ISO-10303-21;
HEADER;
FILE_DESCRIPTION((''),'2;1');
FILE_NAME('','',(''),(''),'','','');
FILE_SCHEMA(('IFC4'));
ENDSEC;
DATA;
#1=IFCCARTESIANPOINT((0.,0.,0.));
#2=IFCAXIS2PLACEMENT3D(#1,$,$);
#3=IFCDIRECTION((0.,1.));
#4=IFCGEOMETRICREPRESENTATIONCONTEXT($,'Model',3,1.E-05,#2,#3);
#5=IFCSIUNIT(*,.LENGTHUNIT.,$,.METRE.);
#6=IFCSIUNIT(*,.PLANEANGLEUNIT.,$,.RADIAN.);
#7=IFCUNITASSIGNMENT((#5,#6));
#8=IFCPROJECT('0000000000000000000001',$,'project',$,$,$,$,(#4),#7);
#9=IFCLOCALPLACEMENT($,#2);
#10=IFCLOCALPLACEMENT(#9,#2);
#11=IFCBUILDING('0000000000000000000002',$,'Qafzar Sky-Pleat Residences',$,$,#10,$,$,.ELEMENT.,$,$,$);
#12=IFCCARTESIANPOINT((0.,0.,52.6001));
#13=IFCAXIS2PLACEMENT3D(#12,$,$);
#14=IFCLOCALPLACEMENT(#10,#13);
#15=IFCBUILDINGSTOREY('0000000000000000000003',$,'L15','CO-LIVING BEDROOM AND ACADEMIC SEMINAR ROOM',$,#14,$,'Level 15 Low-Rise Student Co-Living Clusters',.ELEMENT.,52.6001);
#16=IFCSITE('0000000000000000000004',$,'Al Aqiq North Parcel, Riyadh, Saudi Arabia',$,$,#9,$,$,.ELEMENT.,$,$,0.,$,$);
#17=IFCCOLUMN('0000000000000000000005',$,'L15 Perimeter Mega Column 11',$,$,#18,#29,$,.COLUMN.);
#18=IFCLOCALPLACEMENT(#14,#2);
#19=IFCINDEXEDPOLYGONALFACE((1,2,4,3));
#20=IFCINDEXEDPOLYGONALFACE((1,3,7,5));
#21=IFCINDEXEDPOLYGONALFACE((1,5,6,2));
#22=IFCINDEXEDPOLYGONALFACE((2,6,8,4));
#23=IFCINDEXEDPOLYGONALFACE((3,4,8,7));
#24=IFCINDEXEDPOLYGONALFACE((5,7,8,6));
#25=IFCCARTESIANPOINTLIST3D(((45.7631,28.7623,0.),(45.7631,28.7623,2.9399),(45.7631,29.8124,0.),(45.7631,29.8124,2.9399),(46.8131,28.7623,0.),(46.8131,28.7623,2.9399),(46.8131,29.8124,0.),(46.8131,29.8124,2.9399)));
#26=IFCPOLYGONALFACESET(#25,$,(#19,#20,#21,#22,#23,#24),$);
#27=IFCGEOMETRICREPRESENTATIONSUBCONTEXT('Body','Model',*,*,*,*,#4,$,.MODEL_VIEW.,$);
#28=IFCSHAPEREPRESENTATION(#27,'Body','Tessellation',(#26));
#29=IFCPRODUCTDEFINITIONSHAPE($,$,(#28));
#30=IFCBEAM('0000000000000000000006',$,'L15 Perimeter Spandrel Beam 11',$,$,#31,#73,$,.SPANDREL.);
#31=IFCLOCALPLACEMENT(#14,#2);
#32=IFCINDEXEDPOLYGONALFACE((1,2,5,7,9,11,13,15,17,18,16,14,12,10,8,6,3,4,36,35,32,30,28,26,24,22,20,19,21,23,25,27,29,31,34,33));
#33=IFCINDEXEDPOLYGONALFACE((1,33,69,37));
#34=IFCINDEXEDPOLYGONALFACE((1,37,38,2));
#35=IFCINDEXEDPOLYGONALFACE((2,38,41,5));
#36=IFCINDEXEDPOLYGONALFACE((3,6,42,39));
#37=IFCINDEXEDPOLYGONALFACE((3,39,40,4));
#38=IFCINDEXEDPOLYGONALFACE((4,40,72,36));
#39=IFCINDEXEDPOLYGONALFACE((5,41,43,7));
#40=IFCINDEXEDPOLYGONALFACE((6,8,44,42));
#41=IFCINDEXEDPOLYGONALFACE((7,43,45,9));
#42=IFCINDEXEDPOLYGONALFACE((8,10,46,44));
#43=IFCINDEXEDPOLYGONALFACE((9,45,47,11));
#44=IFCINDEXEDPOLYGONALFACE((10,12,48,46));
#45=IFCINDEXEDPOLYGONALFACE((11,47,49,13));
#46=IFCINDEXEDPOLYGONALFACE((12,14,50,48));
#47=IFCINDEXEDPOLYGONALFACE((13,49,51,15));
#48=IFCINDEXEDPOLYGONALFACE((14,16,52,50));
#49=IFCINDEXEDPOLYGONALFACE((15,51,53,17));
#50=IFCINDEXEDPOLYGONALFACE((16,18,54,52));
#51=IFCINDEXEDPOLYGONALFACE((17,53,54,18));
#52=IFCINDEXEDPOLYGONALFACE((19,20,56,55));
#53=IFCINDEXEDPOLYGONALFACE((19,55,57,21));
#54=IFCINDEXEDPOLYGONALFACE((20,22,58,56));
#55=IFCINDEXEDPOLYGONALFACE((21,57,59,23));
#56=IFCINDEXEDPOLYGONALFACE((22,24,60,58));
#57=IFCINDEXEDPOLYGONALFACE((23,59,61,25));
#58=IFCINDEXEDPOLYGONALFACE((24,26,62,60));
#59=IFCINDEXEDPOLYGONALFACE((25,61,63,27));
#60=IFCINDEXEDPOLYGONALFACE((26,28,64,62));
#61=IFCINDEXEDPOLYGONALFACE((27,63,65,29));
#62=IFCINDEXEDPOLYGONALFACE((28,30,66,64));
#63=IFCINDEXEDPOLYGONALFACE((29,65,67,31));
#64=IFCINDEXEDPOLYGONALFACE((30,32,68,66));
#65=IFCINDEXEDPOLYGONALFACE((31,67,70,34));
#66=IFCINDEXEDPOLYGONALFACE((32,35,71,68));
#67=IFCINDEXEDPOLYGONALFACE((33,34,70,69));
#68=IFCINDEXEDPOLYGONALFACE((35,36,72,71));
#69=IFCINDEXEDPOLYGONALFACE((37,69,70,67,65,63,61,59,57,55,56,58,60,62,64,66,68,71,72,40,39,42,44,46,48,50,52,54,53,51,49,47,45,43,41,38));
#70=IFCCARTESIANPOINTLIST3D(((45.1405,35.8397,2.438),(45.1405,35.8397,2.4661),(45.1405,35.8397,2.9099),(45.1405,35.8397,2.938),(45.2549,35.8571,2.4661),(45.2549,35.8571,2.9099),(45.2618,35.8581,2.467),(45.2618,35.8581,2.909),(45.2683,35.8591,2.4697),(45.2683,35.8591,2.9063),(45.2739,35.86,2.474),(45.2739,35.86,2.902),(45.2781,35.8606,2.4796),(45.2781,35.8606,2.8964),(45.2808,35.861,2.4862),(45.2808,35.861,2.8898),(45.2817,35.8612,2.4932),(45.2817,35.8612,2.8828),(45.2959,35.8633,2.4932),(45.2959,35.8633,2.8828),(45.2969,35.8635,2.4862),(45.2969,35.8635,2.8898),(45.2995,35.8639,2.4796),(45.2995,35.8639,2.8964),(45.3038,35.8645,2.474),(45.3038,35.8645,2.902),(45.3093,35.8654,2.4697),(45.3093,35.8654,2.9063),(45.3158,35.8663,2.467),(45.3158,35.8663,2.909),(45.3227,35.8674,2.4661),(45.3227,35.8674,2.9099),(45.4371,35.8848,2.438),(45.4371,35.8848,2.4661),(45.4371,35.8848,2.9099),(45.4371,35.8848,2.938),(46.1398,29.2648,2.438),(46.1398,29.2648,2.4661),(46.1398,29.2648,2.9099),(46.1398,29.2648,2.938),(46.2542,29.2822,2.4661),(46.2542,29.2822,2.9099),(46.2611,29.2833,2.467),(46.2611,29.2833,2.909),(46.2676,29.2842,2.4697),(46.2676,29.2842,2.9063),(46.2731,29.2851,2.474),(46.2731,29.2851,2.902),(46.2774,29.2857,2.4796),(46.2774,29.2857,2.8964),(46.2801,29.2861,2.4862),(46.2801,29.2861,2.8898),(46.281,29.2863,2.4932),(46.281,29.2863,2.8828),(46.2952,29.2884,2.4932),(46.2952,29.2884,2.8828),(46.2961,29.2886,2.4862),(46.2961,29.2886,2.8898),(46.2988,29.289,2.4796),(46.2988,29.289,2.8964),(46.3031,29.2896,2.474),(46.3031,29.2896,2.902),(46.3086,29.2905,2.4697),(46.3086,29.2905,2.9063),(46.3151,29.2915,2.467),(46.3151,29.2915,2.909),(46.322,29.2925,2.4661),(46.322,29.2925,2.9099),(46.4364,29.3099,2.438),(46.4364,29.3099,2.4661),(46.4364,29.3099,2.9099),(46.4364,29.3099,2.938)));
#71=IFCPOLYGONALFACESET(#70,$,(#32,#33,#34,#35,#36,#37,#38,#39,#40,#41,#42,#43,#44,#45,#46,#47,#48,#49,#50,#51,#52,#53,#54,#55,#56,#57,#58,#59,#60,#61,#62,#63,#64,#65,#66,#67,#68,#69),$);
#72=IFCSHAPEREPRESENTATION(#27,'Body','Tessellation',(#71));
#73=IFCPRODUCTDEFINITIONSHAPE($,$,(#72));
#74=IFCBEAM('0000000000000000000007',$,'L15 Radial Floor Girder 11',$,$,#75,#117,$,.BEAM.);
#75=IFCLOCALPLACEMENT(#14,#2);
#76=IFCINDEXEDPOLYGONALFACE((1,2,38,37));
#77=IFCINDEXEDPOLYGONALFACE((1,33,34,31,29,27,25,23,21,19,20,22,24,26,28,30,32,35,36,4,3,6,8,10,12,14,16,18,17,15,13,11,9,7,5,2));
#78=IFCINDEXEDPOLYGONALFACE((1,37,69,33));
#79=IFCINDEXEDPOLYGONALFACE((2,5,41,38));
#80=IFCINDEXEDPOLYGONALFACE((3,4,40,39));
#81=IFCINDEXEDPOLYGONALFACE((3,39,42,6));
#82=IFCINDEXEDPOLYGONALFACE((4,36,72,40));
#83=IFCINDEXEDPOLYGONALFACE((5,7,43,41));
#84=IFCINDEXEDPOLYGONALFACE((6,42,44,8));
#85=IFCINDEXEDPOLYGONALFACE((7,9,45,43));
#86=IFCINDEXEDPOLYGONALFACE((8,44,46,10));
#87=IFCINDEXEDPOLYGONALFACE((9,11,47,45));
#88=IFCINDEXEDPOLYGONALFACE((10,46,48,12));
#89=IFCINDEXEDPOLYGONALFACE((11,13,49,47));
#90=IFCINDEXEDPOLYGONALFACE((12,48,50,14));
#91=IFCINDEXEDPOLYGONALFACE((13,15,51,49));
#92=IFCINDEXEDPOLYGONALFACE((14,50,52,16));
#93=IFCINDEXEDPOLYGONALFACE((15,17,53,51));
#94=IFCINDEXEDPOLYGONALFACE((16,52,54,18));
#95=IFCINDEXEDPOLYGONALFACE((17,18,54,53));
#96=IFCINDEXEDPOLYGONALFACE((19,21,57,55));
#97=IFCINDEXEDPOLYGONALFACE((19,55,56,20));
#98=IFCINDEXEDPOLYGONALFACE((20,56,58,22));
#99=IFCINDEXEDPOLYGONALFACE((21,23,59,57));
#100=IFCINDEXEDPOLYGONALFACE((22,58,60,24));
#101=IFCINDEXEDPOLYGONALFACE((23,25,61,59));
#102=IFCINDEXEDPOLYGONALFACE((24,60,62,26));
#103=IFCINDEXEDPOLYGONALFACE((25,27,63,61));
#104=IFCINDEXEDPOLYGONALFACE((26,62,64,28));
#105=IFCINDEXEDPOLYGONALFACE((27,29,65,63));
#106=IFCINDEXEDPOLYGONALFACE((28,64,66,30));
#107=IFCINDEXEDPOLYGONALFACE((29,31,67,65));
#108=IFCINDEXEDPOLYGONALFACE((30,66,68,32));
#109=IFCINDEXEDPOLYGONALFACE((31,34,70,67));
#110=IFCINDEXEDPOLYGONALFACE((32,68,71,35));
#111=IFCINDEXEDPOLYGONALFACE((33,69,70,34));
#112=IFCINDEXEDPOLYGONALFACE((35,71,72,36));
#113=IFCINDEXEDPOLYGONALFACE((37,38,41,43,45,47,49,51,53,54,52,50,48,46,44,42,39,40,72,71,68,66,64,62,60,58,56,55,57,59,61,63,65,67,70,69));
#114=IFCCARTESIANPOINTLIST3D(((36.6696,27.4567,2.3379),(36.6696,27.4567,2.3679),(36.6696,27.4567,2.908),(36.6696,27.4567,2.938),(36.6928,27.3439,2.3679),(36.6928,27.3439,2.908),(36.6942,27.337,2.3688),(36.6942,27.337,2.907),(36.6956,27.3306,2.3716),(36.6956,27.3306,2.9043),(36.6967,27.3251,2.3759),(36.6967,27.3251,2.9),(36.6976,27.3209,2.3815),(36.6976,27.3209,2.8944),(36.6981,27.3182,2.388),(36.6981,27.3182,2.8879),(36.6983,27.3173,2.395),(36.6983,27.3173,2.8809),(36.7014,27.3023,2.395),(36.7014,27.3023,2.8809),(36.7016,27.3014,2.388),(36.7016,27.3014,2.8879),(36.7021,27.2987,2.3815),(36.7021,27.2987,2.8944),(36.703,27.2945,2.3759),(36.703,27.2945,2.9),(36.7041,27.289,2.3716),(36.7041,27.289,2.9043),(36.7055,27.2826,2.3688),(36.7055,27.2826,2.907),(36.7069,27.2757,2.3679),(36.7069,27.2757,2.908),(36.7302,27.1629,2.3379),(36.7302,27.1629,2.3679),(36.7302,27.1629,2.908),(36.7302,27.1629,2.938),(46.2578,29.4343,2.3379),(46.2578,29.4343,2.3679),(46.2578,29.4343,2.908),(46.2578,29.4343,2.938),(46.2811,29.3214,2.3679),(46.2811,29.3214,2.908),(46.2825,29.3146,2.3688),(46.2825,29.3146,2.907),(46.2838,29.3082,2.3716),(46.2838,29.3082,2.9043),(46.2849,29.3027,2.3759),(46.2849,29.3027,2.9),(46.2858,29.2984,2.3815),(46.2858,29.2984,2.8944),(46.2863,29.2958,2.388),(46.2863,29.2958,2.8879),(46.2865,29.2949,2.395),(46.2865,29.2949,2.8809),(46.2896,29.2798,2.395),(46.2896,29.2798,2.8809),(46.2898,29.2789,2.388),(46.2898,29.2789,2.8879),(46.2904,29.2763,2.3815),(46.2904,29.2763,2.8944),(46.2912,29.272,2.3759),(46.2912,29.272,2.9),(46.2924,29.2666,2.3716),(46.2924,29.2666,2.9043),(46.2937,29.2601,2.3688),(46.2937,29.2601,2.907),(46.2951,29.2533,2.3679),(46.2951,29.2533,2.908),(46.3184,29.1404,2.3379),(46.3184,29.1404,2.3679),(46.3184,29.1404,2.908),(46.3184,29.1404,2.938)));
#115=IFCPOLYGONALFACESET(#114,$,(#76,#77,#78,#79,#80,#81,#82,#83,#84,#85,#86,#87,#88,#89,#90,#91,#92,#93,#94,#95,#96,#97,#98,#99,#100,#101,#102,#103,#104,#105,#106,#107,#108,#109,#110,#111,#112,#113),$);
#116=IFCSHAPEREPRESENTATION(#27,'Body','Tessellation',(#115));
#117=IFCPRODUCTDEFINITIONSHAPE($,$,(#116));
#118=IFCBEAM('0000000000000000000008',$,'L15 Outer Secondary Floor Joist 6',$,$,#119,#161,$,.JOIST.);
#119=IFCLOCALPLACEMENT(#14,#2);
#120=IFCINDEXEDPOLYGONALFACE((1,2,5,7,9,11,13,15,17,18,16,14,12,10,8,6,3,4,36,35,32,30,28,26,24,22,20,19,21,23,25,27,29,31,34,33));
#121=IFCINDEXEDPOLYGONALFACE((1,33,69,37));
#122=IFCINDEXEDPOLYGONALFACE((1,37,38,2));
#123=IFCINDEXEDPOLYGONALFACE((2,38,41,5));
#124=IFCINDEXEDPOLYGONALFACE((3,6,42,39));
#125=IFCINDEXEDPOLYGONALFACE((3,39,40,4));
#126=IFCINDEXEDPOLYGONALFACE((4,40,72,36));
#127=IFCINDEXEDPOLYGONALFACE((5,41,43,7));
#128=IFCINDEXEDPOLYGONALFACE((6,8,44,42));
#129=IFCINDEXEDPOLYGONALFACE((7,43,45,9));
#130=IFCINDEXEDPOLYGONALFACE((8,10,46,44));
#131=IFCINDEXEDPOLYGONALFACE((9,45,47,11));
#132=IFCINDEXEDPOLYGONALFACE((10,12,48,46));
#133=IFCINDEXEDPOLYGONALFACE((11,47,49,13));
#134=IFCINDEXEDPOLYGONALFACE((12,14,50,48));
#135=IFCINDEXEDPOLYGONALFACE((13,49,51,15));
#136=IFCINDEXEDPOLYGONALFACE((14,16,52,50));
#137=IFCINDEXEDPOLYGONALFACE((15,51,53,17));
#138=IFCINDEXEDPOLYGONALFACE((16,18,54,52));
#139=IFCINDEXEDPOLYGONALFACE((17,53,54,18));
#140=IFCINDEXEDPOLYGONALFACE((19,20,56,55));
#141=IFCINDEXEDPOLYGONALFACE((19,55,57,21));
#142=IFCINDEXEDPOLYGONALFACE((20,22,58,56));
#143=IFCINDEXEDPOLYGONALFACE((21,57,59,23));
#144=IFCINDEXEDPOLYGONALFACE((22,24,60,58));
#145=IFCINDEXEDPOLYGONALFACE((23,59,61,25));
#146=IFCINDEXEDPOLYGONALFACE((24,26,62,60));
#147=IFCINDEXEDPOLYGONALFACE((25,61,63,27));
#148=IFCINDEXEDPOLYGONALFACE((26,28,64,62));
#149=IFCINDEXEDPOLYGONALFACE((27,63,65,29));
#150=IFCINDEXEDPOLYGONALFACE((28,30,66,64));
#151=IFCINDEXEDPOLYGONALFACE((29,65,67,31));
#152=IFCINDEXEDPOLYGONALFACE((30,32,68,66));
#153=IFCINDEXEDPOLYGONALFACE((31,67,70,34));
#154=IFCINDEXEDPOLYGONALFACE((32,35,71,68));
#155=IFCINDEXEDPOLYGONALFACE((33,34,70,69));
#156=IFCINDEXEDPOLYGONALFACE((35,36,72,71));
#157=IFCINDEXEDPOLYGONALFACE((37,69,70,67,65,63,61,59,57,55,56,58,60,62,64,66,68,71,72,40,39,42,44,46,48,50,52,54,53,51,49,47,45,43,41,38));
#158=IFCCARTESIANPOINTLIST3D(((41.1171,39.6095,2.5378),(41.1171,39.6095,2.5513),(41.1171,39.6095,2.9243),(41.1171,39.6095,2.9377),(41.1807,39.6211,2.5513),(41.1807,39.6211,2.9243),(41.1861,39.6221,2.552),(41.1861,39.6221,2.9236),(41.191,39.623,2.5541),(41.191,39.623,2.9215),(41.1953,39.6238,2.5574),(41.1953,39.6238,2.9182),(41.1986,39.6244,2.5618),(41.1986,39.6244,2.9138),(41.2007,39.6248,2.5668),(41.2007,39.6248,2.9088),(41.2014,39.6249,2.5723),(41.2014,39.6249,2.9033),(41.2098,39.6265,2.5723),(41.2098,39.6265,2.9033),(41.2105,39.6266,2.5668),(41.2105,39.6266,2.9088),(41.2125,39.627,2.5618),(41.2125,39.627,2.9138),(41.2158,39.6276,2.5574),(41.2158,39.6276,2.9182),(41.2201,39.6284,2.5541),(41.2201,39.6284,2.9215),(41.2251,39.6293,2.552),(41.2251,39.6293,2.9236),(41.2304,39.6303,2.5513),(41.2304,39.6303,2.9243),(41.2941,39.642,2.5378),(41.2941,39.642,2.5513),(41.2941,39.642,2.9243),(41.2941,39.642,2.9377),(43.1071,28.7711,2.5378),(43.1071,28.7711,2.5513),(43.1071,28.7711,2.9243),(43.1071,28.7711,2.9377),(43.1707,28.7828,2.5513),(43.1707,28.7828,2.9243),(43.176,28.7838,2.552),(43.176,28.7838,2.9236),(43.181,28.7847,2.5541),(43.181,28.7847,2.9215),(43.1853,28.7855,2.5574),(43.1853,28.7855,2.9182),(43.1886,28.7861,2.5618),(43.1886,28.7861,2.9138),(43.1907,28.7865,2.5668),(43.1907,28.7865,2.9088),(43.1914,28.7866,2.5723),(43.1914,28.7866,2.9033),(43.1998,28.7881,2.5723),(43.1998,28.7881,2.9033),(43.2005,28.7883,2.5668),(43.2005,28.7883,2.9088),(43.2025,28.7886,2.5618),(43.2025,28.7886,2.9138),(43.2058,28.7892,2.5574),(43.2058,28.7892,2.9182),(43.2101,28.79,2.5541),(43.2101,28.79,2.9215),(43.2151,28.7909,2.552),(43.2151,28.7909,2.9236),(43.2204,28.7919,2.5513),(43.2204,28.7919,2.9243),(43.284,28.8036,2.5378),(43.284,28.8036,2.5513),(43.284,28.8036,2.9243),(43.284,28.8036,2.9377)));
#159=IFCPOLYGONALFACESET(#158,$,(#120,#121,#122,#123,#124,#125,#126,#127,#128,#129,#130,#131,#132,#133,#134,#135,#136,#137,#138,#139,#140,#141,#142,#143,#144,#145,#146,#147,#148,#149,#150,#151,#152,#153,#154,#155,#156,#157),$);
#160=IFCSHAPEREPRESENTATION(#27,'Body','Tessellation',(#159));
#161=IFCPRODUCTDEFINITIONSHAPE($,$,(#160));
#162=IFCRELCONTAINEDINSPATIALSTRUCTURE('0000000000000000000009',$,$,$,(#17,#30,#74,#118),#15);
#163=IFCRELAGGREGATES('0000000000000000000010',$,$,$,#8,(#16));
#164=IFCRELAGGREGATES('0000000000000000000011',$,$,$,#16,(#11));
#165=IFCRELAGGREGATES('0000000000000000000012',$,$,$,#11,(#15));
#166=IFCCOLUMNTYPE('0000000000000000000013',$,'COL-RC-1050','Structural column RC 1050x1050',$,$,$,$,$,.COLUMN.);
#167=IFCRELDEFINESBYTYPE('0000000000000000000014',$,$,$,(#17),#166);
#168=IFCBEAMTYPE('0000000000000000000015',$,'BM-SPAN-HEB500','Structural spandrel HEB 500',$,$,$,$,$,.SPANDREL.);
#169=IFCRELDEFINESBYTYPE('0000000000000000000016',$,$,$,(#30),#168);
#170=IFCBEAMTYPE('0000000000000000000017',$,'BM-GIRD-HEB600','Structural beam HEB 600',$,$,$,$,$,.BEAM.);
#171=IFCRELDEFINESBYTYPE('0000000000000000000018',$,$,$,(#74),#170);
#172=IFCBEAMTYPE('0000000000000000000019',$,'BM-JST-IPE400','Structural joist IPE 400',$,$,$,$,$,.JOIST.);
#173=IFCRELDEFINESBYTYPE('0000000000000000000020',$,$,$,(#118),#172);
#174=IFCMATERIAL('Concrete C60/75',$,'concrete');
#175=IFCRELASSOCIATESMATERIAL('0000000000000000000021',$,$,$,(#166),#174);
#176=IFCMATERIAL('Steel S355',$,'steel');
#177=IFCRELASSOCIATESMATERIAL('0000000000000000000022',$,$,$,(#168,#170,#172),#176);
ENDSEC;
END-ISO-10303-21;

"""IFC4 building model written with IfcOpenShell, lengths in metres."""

from ifc_helpers import new_model, si_unit, direction, frame, origin, origin_2d, place, context, subcontext, project, spatial, rectangle, i_section, extrude, source, transform, mapped, material, material_profile, profile_set, type_object, element, save


model = new_model("IFC4")

# Units and contexts
model_context = context("Model", 3, precision=1e-05, world=origin(), true_north=direction((0.0, 1.0)))
body_context = subcontext(model_context, "Body", "Model", "MODEL_VIEW")
ifc_project = project(units=[si_unit("LENGTHUNIT", "METRE"), si_unit("PLANEANGLEUNIT", "RADIAN")], contexts=[model_context])

# Site, building, storey
site_placement = place(None, origin())
site = spatial("IfcSite", under=ifc_project, at=site_placement, Name="Al Aqiq North Parcel, Riyadh, Saudi Arabia", CompositionType="ELEMENT", RefElevation=0.0)
building_placement = place(site_placement, origin())
building = spatial("IfcBuilding", under=site, at=building_placement, Name="Qafzar Sky-Pleat Residences", CompositionType="ELEMENT")
storey_placement = place(building_placement, frame((0.0, 0.0, 52.6001)))
storey = spatial("IfcBuildingStorey", under=building, at=storey_placement, Name="L15", Description="CO-LIVING BEDROOM AND ACADEMIC SEMINAR ROOM", LongName="Level 15 Low-Rise Student Co-Living Clusters", CompositionType="ELEMENT", Elevation=52.6001)

# Column
ifc_material_1 = material(Name="Concrete C60/75", Category="concrete")
ifc_material_profile_1 = material_profile(ifc_material_1, rectangle(XDim=1.05, YDim=1.05, at=origin_2d()), Name="RC 1050x1050")
ifc_profile_set_1 = profile_set([ifc_material_profile_1], Name="Concrete C60/75")
column_type = type_object("IfcColumnType", Name="COL-RC-1050", Description="Structural column RC 1050x1050", PredefinedType="COLUMN", material=ifc_profile_set_1)
shared_shape_1 = source(origin(), body_context, "Body", "SweptSolid", [
    extrude(rectangle(XDim=1.05, YDim=1.05, at=origin_2d()), origin(), (0.0, 0.0, 1.0), 2.9399),
])
column_placement = place(storey_placement, frame((46.2881, 29.2874, 0.0), z_axis=(0.0, 0.0, 1.0), x_axis=(1.0, 0.0, 0.0)))
element("IfcColumn", 1, at=column_placement, inside=storey, type_object=column_type, Name="L15 Perimeter Mega Column 11", PredefinedType="COLUMN", context=body_context, shape_type="MappedRepresentation", body=[
    mapped(shared_shape_1, transform((0.0, 0.0, 0.0), x_axis=(1.0, 0.0, 0.0), y_axis=(0.0, 1.0, 0.0), z_axis=(0.0, 0.0, 1.0), scale=1.0)),
])

# Beams
ifc_material_2 = material(Name="Steel S355", Category="steel")
ifc_material_profile_2 = material_profile(ifc_material_2, i_section(OverallWidth=0.3, OverallDepth=0.5, WebThickness=0.0144, FlangeThickness=0.0281, FilletRadius=0.0271, at=origin_2d()), Name="HEB 500")
ifc_profile_set_2 = profile_set([ifc_material_profile_2], Name="Steel S355")
beam_type_1 = type_object("IfcBeamType", Name="BM-SPAN-HEB500", Description="Structural spandrel HEB 500", PredefinedType="SPANDREL", material=ifc_profile_set_2)
shared_shape_2 = source(origin(), body_context, "Body", "SweptSolid", [
    extrude(i_section(OverallWidth=0.3, OverallDepth=0.5, WebThickness=0.0144, FlangeThickness=0.0281, FilletRadius=0.0271, at=origin_2d()), origin(), (0.0, 0.0, 1.0), 6.6504),
])
beam_1_placement = place(storey_placement, frame((46.2881, 29.2874, 2.688), z_axis=(-0.150256, 0.988647, 0.0), x_axis=(-0.988647, -0.150256, 0.0)))
element("IfcBeam", 2, at=beam_1_placement, inside=storey, type_object=beam_type_1, Name="L15 Perimeter Spandrel Beam 11", PredefinedType="SPANDREL", context=body_context, shape_type="MappedRepresentation", body=[
    mapped(shared_shape_2, transform((0.0, 0.0, 0.0), x_axis=(1.0, 0.0, 0.0), y_axis=(0.0, 1.0, 0.0), z_axis=(0.0, 0.0, 1.0), scale=1.0)),
])
ifc_material_profile_3 = material_profile(ifc_material_2, i_section(OverallWidth=0.3, OverallDepth=0.6001, WebThickness=0.0154, FlangeThickness=0.03, FilletRadius=0.0271, at=origin_2d()), Name="HEB 600")
ifc_profile_set_3 = profile_set([ifc_material_profile_3], Name="Steel S355")
beam_type_2 = type_object("IfcBeamType", Name="BM-GIRD-HEB600", Description="Structural beam HEB 600", PredefinedType="BEAM", material=ifc_profile_set_3)
shared_shape_3 = source(origin(), body_context, "Body", "SweptSolid", [
    extrude(i_section(OverallWidth=0.3, OverallDepth=0.6001, WebThickness=0.0154, FlangeThickness=0.03, FilletRadius=0.0271, at=origin_2d()), origin(), (0.0, 0.0, 1.0), 9.79),
])
beam_2_placement = place(storey_placement, frame((46.2881, 29.2874, 2.6379), z_axis=(-0.979386, -0.201997, 0.0), x_axis=(0.201997, -0.979386, 0.0)))
element("IfcBeam", 3, at=beam_2_placement, inside=storey, type_object=beam_type_2, Name="L15 Radial Floor Girder 11", PredefinedType="BEAM", context=body_context, shape_type="MappedRepresentation", body=[
    mapped(shared_shape_3, transform((0.0, 0.0, 0.0), x_axis=(1.0, 0.0, 0.0), y_axis=(0.0, 1.0, 0.0), z_axis=(0.0, 0.0, 1.0), scale=1.0)),
])
ifc_material_profile_4 = material_profile(ifc_material_2, i_section(OverallWidth=0.1799, OverallDepth=0.3999, WebThickness=0.0085, FlangeThickness=0.0134, FilletRadius=0.021, at=origin_2d()), Name="IPE 400")
ifc_profile_set_4 = profile_set([ifc_material_profile_4], Name="Steel S355")
beam_type_3 = type_object("IfcBeamType", Name="BM-JST-IPE400", Description="Structural joist IPE 400", PredefinedType="JOIST", material=ifc_profile_set_4)
shared_shape_4 = source(origin(), body_context, "Body", "SweptSolid", [
    extrude(i_section(OverallWidth=0.1799, OverallDepth=0.3999, WebThickness=0.0085, FlangeThickness=0.0134, FilletRadius=0.021, at=origin_2d()), origin(), (0.0, 0.0, 1.0), 11.0195),
])
beam_3_placement = place(storey_placement, frame((43.1956, 28.7874, 2.7378), z_axis=(-0.180587, 0.983559, 0.0), x_axis=(-0.983559, -0.180587, 0.0)))
element("IfcBeam", 4, at=beam_3_placement, inside=storey, type_object=beam_type_3, Name="L15 Outer Secondary Floor Joist 6", PredefinedType="JOIST", context=body_context, shape_type="MappedRepresentation", body=[
    mapped(shared_shape_4, transform((0.0, 0.0, 0.0), x_axis=(1.0, 0.0, 0.0), y_axis=(0.0, 1.0, 0.0), z_axis=(0.0, 0.0, 1.0), scale=1.0)),
])

save(model, "model.ifc")
